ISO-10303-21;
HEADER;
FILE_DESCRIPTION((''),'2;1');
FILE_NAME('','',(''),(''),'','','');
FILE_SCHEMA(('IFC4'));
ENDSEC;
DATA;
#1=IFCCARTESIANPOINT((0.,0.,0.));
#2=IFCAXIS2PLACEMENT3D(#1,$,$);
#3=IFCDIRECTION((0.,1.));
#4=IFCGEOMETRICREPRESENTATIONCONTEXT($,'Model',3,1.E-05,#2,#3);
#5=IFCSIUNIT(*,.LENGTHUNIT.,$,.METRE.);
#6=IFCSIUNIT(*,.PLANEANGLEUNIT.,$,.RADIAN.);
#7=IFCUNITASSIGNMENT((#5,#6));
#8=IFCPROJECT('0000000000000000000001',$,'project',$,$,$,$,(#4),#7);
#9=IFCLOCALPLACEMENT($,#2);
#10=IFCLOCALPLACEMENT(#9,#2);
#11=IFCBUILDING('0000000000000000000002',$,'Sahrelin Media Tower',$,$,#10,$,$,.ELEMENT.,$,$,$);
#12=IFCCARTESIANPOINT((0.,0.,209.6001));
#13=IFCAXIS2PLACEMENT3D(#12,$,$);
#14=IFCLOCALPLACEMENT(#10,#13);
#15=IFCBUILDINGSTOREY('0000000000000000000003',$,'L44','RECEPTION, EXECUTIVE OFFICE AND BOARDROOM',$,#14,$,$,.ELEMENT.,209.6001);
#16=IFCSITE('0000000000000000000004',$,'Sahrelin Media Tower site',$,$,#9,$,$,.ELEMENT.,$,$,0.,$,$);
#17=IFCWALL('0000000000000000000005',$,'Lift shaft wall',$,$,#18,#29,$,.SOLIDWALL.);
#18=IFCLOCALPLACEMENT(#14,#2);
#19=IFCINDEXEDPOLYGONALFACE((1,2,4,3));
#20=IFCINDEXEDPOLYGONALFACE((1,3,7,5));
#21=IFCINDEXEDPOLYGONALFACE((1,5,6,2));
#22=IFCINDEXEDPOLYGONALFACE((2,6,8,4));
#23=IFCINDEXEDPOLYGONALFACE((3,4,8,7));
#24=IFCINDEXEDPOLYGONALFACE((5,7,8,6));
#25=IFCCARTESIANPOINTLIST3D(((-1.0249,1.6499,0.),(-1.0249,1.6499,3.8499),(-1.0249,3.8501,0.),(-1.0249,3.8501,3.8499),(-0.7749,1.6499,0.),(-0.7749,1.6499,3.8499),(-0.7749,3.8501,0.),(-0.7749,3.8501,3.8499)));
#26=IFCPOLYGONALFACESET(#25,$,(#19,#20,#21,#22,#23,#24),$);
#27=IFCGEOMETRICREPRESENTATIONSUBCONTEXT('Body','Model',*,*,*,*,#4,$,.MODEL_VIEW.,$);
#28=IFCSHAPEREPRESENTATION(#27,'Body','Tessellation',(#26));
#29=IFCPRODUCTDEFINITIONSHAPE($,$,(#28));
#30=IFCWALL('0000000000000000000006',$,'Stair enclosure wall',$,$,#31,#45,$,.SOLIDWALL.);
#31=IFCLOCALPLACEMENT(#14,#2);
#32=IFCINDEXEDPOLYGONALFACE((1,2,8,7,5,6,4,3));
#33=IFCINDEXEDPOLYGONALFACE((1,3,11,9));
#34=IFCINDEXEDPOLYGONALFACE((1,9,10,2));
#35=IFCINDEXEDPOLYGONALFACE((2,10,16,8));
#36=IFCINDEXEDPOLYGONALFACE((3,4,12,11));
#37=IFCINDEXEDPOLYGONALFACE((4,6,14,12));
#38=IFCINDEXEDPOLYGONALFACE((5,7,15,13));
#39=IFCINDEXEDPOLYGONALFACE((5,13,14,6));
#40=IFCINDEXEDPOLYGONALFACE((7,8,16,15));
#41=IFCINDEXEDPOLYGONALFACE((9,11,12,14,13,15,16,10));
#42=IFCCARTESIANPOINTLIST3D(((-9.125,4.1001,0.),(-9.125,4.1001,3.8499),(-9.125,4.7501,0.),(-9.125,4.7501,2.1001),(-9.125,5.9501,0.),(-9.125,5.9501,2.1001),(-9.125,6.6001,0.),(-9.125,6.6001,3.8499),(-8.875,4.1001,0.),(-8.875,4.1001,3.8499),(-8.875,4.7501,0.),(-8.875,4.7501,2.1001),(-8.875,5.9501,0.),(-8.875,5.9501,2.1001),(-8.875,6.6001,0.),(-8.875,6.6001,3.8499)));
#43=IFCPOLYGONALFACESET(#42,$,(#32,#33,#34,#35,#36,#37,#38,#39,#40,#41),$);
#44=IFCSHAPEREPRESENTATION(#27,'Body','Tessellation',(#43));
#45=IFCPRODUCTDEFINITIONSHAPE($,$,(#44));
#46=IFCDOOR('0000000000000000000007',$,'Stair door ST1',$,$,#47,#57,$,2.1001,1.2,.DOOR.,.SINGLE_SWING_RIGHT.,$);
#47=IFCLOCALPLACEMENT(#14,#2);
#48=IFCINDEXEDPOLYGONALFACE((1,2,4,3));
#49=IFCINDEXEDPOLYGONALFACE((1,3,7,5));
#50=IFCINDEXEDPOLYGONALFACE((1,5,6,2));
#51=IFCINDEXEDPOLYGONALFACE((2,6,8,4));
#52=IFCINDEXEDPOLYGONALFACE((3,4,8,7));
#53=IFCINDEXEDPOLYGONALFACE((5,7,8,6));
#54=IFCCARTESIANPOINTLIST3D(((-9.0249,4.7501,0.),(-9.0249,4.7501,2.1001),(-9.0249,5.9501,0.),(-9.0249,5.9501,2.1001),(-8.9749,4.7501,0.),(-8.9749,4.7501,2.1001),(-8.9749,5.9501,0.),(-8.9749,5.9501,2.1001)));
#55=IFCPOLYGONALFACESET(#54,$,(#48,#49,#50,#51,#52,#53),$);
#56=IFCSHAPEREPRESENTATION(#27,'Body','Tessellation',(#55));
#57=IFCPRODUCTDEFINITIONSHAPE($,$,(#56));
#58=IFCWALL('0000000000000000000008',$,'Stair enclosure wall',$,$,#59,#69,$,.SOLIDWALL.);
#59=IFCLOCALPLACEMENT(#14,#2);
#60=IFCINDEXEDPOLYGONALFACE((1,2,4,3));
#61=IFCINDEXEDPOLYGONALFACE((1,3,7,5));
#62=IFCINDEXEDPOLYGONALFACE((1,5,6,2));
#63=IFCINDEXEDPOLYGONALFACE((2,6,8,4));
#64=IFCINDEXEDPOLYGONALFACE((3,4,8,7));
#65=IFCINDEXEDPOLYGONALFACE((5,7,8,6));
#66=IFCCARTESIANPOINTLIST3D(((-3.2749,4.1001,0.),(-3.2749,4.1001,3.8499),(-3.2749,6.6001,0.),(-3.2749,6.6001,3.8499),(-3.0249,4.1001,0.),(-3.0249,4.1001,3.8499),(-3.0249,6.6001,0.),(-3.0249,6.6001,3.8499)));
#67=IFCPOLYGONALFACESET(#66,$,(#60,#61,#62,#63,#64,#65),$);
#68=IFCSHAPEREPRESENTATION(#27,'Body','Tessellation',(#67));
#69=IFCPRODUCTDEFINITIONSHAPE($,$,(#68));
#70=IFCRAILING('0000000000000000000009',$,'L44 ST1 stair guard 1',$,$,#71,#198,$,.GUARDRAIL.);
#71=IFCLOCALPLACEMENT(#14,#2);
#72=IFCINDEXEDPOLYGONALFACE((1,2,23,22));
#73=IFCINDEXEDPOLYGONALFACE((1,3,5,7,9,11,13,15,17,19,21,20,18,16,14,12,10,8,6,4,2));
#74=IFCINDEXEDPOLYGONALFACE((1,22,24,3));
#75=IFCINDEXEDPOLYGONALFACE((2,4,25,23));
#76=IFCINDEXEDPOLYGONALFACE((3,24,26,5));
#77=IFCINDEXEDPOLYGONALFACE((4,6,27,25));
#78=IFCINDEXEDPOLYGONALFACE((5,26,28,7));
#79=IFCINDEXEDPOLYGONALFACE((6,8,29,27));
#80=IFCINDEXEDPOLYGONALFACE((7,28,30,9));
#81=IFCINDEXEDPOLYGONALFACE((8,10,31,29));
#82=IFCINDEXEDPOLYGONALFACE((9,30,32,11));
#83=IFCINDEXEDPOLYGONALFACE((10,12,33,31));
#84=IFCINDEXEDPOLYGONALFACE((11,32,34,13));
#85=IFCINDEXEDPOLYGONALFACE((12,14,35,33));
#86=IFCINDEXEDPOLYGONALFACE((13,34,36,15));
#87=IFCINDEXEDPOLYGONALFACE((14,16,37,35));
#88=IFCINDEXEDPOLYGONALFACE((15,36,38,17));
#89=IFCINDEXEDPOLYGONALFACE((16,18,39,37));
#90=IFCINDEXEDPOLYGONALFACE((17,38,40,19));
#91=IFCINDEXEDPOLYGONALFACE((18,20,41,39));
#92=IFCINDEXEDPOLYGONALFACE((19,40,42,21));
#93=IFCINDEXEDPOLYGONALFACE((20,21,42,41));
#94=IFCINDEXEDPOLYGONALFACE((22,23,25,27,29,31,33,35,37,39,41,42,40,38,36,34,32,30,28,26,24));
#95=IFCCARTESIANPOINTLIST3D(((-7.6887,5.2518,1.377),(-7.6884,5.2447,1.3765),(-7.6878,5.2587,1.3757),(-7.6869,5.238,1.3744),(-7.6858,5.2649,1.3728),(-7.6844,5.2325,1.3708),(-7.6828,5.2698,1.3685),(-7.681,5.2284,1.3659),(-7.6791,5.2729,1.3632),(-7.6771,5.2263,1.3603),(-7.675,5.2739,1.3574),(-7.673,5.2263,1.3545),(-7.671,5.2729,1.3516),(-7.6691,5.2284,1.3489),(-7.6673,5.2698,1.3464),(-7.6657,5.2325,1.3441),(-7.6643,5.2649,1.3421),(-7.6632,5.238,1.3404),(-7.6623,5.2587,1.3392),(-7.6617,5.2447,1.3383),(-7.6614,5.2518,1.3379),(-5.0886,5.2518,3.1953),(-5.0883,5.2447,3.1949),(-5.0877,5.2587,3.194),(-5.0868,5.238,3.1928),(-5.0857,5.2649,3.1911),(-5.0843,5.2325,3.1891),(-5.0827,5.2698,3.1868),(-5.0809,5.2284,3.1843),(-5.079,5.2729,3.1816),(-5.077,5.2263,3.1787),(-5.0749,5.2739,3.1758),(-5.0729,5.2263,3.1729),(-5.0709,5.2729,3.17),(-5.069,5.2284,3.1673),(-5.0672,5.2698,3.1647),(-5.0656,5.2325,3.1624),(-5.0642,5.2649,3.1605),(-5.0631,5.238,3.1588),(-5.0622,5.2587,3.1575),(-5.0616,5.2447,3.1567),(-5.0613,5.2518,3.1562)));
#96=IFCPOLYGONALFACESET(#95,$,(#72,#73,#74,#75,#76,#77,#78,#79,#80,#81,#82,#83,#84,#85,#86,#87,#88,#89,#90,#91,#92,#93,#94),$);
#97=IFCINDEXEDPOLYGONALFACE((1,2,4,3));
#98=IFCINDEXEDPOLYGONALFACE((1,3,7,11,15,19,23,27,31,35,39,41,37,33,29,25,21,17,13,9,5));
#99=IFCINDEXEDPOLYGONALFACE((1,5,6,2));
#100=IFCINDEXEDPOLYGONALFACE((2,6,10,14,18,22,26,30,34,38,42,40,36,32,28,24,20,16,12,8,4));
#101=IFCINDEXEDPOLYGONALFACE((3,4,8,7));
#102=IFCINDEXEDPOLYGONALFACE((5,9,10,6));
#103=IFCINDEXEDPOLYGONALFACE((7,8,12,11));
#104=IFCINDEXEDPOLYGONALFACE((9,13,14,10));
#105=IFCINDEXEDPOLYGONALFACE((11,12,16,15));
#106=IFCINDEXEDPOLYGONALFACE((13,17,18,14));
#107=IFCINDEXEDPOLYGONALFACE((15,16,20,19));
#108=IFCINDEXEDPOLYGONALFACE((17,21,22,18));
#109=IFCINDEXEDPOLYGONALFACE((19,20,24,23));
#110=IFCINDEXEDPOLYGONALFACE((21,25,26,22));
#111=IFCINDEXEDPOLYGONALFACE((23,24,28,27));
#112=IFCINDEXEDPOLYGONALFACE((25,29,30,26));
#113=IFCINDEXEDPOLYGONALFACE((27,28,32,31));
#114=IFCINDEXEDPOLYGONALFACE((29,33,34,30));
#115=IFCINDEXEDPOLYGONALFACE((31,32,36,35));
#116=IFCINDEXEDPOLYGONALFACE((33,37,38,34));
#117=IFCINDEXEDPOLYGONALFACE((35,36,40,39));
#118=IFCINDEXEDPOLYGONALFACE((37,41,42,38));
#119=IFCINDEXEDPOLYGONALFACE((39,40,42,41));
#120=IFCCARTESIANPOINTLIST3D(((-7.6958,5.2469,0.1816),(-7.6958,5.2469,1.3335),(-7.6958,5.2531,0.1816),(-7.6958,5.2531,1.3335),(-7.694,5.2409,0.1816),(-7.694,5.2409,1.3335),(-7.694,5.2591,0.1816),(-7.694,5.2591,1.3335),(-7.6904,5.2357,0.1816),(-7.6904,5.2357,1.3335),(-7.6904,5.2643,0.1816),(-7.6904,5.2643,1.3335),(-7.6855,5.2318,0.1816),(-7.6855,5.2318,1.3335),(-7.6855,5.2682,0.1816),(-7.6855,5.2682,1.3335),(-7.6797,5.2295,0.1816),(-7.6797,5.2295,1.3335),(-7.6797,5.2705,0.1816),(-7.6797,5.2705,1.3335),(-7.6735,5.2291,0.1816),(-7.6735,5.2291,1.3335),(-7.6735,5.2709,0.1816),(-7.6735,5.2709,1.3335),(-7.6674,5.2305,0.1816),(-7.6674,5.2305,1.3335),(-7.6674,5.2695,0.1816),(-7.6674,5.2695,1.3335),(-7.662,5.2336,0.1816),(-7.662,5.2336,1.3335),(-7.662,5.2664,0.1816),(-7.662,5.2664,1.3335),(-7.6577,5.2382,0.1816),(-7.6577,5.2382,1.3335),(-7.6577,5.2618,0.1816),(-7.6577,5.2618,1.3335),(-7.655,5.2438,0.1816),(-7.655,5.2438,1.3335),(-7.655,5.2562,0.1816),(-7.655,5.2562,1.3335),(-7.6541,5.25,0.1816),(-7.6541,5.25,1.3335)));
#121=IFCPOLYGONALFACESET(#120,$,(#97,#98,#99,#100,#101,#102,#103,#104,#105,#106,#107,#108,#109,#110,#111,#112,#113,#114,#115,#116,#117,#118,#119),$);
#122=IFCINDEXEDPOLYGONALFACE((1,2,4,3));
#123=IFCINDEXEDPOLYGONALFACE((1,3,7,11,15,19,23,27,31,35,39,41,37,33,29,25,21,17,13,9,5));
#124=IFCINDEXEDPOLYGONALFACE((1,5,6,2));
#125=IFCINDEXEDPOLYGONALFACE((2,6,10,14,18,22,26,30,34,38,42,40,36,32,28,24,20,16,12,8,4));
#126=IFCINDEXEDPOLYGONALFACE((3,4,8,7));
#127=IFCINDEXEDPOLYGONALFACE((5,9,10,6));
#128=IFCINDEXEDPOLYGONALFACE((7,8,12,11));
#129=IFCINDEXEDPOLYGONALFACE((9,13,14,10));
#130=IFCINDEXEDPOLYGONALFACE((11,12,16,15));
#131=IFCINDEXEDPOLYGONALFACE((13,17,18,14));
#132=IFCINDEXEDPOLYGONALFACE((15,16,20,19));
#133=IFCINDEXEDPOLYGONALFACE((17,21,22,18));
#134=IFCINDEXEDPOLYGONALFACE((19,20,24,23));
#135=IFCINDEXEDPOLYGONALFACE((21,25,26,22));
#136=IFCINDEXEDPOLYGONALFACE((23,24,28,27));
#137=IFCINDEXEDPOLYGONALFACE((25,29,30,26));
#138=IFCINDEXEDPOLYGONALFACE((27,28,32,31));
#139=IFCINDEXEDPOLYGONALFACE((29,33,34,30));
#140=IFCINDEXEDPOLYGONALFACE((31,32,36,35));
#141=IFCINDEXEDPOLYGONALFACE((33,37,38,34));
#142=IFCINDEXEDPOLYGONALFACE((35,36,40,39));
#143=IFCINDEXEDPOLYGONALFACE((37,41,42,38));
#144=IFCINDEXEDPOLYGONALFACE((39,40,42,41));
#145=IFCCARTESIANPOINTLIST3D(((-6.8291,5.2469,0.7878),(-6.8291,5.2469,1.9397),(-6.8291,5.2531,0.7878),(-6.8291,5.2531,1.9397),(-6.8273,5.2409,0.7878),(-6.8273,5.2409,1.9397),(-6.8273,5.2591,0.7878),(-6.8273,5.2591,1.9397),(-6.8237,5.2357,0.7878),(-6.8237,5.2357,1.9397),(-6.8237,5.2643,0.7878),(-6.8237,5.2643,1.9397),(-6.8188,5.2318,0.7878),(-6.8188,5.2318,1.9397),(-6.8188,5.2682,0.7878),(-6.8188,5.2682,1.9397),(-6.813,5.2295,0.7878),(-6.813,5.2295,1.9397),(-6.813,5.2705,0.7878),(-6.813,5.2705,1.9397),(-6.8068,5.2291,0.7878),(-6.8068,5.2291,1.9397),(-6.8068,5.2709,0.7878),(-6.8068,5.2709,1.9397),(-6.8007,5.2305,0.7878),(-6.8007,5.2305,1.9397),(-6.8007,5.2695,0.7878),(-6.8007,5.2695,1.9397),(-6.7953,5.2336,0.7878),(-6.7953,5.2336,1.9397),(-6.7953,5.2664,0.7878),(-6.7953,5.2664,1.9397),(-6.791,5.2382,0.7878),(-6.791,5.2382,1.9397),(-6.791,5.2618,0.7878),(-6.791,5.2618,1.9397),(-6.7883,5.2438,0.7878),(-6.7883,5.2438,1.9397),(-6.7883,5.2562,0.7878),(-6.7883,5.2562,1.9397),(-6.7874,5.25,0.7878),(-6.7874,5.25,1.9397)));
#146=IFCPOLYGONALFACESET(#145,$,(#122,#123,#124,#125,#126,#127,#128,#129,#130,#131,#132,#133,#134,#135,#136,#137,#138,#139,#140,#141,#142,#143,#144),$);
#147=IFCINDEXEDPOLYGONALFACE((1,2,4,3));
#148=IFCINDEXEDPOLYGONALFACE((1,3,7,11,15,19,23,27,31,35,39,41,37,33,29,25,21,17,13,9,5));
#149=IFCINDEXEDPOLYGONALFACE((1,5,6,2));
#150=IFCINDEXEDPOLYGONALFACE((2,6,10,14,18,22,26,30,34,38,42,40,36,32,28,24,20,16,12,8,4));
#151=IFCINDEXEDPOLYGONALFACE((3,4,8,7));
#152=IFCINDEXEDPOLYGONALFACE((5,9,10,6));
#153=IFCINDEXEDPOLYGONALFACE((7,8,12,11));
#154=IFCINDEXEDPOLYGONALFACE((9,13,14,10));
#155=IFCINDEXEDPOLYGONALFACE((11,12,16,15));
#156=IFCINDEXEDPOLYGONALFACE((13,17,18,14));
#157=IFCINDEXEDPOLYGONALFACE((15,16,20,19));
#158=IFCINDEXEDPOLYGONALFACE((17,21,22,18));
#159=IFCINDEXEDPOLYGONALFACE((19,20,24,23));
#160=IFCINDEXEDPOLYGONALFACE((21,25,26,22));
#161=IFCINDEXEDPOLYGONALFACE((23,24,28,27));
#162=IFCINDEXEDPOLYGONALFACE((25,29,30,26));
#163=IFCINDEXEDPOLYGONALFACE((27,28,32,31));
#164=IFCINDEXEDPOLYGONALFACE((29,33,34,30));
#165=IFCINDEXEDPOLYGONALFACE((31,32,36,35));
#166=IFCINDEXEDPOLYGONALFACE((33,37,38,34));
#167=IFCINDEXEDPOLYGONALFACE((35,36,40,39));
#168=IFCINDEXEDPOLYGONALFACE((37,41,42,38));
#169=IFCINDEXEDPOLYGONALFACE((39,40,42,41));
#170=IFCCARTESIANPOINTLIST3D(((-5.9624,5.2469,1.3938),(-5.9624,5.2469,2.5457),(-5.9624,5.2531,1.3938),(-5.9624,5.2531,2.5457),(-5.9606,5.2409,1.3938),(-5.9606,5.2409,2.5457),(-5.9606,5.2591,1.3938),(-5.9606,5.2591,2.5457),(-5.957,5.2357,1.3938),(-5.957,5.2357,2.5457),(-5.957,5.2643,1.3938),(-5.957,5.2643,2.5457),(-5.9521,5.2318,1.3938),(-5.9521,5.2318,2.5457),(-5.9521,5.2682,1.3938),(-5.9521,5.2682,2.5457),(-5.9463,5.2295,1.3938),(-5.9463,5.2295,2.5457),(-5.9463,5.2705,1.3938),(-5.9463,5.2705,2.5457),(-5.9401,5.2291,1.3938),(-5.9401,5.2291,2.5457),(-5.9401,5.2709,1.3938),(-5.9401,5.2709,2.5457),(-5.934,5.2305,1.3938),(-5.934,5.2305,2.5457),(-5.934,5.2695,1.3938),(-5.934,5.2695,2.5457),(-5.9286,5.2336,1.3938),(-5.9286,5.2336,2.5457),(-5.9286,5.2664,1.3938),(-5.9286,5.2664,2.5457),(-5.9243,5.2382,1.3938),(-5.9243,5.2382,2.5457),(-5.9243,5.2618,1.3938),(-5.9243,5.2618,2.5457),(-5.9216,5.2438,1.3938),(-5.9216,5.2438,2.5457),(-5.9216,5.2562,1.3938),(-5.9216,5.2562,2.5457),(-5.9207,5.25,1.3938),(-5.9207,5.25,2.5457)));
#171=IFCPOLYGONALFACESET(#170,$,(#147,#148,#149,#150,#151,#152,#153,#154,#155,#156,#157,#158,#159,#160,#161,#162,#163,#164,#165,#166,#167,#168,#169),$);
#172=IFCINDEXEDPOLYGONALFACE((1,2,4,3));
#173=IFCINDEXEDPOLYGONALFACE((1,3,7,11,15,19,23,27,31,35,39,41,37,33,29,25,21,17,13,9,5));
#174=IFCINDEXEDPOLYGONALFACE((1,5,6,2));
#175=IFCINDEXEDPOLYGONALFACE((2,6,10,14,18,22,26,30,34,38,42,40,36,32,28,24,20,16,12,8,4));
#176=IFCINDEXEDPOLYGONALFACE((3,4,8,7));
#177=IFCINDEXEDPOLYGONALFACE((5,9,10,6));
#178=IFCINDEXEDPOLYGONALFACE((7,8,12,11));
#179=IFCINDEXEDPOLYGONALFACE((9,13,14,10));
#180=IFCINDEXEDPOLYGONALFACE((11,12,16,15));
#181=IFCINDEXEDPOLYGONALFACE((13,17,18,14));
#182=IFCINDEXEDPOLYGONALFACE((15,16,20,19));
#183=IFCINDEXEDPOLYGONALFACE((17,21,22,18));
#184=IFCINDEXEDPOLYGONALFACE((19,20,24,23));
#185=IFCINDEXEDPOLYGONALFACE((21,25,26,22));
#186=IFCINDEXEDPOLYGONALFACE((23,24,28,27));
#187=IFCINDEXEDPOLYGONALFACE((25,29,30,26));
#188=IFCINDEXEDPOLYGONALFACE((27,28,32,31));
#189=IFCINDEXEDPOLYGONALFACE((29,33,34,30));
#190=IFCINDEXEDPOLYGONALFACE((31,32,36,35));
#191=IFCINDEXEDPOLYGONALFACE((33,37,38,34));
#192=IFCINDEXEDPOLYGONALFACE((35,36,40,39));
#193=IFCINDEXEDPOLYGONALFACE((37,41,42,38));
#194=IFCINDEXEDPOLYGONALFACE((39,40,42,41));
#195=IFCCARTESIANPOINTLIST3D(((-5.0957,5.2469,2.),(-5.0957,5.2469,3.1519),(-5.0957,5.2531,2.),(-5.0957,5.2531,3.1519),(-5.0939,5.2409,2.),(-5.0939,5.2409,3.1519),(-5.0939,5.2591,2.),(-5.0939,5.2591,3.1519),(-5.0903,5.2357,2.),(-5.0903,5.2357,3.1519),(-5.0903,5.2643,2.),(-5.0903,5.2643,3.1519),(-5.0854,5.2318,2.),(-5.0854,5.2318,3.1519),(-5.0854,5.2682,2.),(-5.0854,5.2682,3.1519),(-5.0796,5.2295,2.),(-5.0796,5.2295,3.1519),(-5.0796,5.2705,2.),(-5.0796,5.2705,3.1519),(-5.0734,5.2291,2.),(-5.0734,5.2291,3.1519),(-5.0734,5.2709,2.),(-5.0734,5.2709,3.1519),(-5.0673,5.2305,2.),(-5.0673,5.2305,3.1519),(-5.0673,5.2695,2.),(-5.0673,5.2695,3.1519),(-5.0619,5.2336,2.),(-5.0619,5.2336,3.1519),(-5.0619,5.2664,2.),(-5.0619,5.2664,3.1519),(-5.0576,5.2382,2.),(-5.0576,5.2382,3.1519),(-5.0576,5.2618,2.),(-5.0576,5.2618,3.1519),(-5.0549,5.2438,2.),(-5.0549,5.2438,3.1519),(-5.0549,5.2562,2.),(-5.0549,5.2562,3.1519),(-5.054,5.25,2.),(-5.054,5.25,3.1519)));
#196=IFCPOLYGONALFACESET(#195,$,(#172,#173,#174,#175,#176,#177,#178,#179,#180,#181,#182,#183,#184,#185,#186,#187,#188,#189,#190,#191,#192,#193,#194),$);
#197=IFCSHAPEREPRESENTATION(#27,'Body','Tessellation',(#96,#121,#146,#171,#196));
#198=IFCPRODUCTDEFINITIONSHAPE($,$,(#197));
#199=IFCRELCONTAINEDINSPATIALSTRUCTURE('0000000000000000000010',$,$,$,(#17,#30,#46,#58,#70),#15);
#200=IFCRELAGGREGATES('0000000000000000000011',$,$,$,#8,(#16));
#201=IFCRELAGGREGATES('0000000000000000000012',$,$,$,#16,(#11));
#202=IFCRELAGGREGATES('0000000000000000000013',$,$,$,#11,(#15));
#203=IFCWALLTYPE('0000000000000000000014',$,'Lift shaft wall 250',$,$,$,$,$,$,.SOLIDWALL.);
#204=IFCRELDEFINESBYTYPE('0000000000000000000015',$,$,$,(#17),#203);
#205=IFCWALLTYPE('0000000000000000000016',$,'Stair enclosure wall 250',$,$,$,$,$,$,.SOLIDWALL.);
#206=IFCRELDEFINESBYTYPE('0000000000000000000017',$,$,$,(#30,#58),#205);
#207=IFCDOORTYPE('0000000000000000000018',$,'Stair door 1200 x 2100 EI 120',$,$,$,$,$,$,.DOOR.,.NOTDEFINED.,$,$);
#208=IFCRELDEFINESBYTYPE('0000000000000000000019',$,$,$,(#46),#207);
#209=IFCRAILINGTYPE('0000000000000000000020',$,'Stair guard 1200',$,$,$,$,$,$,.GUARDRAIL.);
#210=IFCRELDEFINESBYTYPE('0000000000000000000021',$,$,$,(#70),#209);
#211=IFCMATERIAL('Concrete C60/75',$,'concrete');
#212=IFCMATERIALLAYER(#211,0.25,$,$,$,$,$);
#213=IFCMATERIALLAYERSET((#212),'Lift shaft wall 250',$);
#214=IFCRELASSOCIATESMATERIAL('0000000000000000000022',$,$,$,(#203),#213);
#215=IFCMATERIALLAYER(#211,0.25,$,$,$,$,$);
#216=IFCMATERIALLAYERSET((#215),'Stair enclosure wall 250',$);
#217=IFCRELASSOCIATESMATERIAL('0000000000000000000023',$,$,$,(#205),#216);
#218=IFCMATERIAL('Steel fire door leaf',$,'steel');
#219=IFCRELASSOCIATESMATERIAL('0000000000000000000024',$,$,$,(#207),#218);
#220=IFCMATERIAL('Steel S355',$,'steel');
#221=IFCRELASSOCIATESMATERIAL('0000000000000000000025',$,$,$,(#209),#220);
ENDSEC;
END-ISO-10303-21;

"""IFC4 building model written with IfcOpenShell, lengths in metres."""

from ifc_helpers import new_model, si_unit, direction, frame, frame_2d, origin, origin_2d, place, context, subcontext, project, spatial, rectangle, circle, extrude, material, layer, layer_set, type_object, element, fill, save


model = new_model("IFC4")

# Units and contexts
model_context = context("Model", 3, precision=1e-05, world=origin(), true_north=direction((0.0, 1.0)))
body_context = subcontext(model_context, "Body", "Model", "MODEL_VIEW")
ifc_project = project(units=[si_unit("LENGTHUNIT", "METRE"), si_unit("PLANEANGLEUNIT", "RADIAN")], contexts=[model_context])

# Site, building, storey
site_placement = place(None, origin())
site = spatial("IfcSite", under=ifc_project, at=site_placement, Name="Sahrelin Media Tower site", CompositionType="ELEMENT", RefElevation=0.0)
building_placement = place(site_placement, origin())
building = spatial("IfcBuilding", under=site, at=building_placement, Name="Sahrelin Media Tower", CompositionType="ELEMENT")
storey_placement = place(building_placement, frame((0.0, 0.0, 209.6001)))
storey = spatial("IfcBuildingStorey", under=building, at=storey_placement, Name="L44", Description="RECEPTION, EXECUTIVE OFFICE AND BOARDROOM", CompositionType="ELEMENT", Elevation=209.6001)

# Shared definitions
ifc_material_1 = material(Name="Steel S355", Category="steel")

# Shared definitions
ifc_material_2 = material(Name="Concrete C60/75", Category="concrete")

# Shared definitions
ifc_material_3 = material(Name="Steel fire door leaf", Category="steel")

# Shared definitions
ifc_layer_1 = layer(ifc_material_2, 0.25)
ifc_layer_set_1 = layer_set([ifc_layer_1], Name="Lift shaft wall 250")
wall_type_1 = type_object("IfcWallType", Name="Lift shaft wall 250", PredefinedType="SOLIDWALL", material=ifc_layer_set_1)

# Wall
for number, where, z_axis, x_axis, name in (
    (1, (-0.8999, 1.6499, 0.0), (0.0, 0.0, 1.0), (0.0, 1.0, 0.0), "Lift shaft wall"),
):
    element("IfcWall", number, at=place(storey_placement, frame(where, z_axis=z_axis, x_axis=x_axis)), inside=storey, type_object=wall_type_1, Name=name, PredefinedType="SOLIDWALL", context=body_context, shape_type="SweptSolid", body=[
        extrude(rectangle(XDim=2.2002, YDim=0.25, at=frame_2d((1.1001, 0.0))), origin(), (0.0, 0.0, 1.0), 3.8499),
    ])

# Wall, opening, door
ifc_layer_2 = layer(ifc_material_2, 0.25)
ifc_layer_set_2 = layer_set([ifc_layer_2], Name="Stair enclosure wall 250")
wall_type_2 = type_object("IfcWallType", Name="Stair enclosure wall 250", PredefinedType="SOLIDWALL", material=ifc_layer_set_2)
wall_1_placement = place(storey_placement, frame((-9.0, 4.1001, 0.0), z_axis=(0.0, 0.0, 1.0), x_axis=(0.0, 1.0, 0.0)))
wall_1 = element("IfcWall", 2, at=wall_1_placement, inside=storey, type_object=wall_type_2, Name="Stair enclosure wall", PredefinedType="SOLIDWALL", context=body_context, shape_type="SweptSolid", body=[
    extrude(rectangle(XDim=2.5, YDim=0.25, at=frame_2d((1.25, 0.0))), origin(), (0.0, 0.0, 1.0), 3.8499),
])
opening_1_placement = place(wall_1_placement, frame((0.6499, 0.0, 0.0)))
opening_1 = element("IfcOpeningElement", 3, at=opening_1_placement, cuts=wall_1, PredefinedType="OPENING", context=body_context, shape_type="SweptSolid", body=[
    extrude(rectangle(XDim=1.2, YDim=2.1001, at=frame_2d((0.6001, 1.05))), frame((0.0, 0.125, 0.0), z_axis=(0.0, -1.0, 0.0), x_axis=(1.0, 0.0, 0.0)), (0.0, 0.0, 1.0), 0.25),
])
door_type_1 = type_object("IfcDoorType", Name="Stair door 1200 x 2100 EI 120", OperationType="NOTDEFINED", PredefinedType="DOOR", material=ifc_material_3)
door_1_placement = place(opening_1_placement, origin())
door_1 = element("IfcDoor", 4, at=door_1_placement, inside=storey, type_object=door_type_1, Name="Stair door ST1", OperationType="SINGLE_SWING_RIGHT", OverallHeight=2.1001, OverallWidth=1.2, PredefinedType="DOOR", context=body_context, shape_type="SweptSolid", body=[
    extrude(rectangle(XDim=1.2, YDim=2.1001, at=frame_2d((0.6001, 1.05))), frame((0.0, 0.0249, 0.0), z_axis=(0.0, -1.0, 0.0), x_axis=(1.0, 0.0, 0.0)), (0.0, 0.0, 1.0), 0.05),
])
fill(opening_1, door_1)

# Wall
wall_2_placement = place(storey_placement, frame((-3.1499, 4.1001, 0.0), z_axis=(0.0, 0.0, 1.0), x_axis=(0.0, 1.0, 0.0)))
element("IfcWall", 5, at=wall_2_placement, inside=storey, type_object=wall_type_2, Name="Stair enclosure wall", PredefinedType="SOLIDWALL", context=body_context, shape_type="SweptSolid", body=[
    extrude(rectangle(XDim=2.5, YDim=0.25, at=frame_2d((1.25, 0.0))), origin(), (0.0, 0.0, 1.0), 3.8499),
])

# Railing
railing_type_1 = type_object("IfcRailingType", Name="Stair guard 1200", PredefinedType="GUARDRAIL", material=ifc_material_1)
railing_1_placement = place(storey_placement, frame((-7.675, 5.25, 0.1816)))
element("IfcRailing", 6, at=railing_1_placement, inside=storey, type_object=railing_type_1, Name="L44 ST1 stair guard 1", PredefinedType="GUARDRAIL", context=body_context, shape_type="SweptSolid", body=[
    extrude(circle(Radius=0.0239, at=origin_2d()), frame((0.0, 0.0, 1.1758), z_axis=(0.819485, 0.0, 0.573101), x_axis=(0.0, 1.0, 0.0)), (0.0, 0.0, 1.0), 3.1729),
    extrude(circle(Radius=0.021, at=origin_2d()), origin(), (0.0, 0.0, 1.0), 1.1519),
    extrude(circle(Radius=0.021, at=origin_2d()), frame((0.8667, 0.0, 0.6062)), (0.0, 0.0, 1.0), 1.1519),
    extrude(circle(Radius=0.021, at=origin_2d()), frame((1.7334, 0.0, 1.2122)), (0.0, 0.0, 1.0), 1.1519),
    extrude(circle(Radius=0.021, at=origin_2d()), frame((2.6001, 0.0, 1.8184)), (0.0, 0.0, 1.0), 1.1519),
])

save(model, "model.ifc")
